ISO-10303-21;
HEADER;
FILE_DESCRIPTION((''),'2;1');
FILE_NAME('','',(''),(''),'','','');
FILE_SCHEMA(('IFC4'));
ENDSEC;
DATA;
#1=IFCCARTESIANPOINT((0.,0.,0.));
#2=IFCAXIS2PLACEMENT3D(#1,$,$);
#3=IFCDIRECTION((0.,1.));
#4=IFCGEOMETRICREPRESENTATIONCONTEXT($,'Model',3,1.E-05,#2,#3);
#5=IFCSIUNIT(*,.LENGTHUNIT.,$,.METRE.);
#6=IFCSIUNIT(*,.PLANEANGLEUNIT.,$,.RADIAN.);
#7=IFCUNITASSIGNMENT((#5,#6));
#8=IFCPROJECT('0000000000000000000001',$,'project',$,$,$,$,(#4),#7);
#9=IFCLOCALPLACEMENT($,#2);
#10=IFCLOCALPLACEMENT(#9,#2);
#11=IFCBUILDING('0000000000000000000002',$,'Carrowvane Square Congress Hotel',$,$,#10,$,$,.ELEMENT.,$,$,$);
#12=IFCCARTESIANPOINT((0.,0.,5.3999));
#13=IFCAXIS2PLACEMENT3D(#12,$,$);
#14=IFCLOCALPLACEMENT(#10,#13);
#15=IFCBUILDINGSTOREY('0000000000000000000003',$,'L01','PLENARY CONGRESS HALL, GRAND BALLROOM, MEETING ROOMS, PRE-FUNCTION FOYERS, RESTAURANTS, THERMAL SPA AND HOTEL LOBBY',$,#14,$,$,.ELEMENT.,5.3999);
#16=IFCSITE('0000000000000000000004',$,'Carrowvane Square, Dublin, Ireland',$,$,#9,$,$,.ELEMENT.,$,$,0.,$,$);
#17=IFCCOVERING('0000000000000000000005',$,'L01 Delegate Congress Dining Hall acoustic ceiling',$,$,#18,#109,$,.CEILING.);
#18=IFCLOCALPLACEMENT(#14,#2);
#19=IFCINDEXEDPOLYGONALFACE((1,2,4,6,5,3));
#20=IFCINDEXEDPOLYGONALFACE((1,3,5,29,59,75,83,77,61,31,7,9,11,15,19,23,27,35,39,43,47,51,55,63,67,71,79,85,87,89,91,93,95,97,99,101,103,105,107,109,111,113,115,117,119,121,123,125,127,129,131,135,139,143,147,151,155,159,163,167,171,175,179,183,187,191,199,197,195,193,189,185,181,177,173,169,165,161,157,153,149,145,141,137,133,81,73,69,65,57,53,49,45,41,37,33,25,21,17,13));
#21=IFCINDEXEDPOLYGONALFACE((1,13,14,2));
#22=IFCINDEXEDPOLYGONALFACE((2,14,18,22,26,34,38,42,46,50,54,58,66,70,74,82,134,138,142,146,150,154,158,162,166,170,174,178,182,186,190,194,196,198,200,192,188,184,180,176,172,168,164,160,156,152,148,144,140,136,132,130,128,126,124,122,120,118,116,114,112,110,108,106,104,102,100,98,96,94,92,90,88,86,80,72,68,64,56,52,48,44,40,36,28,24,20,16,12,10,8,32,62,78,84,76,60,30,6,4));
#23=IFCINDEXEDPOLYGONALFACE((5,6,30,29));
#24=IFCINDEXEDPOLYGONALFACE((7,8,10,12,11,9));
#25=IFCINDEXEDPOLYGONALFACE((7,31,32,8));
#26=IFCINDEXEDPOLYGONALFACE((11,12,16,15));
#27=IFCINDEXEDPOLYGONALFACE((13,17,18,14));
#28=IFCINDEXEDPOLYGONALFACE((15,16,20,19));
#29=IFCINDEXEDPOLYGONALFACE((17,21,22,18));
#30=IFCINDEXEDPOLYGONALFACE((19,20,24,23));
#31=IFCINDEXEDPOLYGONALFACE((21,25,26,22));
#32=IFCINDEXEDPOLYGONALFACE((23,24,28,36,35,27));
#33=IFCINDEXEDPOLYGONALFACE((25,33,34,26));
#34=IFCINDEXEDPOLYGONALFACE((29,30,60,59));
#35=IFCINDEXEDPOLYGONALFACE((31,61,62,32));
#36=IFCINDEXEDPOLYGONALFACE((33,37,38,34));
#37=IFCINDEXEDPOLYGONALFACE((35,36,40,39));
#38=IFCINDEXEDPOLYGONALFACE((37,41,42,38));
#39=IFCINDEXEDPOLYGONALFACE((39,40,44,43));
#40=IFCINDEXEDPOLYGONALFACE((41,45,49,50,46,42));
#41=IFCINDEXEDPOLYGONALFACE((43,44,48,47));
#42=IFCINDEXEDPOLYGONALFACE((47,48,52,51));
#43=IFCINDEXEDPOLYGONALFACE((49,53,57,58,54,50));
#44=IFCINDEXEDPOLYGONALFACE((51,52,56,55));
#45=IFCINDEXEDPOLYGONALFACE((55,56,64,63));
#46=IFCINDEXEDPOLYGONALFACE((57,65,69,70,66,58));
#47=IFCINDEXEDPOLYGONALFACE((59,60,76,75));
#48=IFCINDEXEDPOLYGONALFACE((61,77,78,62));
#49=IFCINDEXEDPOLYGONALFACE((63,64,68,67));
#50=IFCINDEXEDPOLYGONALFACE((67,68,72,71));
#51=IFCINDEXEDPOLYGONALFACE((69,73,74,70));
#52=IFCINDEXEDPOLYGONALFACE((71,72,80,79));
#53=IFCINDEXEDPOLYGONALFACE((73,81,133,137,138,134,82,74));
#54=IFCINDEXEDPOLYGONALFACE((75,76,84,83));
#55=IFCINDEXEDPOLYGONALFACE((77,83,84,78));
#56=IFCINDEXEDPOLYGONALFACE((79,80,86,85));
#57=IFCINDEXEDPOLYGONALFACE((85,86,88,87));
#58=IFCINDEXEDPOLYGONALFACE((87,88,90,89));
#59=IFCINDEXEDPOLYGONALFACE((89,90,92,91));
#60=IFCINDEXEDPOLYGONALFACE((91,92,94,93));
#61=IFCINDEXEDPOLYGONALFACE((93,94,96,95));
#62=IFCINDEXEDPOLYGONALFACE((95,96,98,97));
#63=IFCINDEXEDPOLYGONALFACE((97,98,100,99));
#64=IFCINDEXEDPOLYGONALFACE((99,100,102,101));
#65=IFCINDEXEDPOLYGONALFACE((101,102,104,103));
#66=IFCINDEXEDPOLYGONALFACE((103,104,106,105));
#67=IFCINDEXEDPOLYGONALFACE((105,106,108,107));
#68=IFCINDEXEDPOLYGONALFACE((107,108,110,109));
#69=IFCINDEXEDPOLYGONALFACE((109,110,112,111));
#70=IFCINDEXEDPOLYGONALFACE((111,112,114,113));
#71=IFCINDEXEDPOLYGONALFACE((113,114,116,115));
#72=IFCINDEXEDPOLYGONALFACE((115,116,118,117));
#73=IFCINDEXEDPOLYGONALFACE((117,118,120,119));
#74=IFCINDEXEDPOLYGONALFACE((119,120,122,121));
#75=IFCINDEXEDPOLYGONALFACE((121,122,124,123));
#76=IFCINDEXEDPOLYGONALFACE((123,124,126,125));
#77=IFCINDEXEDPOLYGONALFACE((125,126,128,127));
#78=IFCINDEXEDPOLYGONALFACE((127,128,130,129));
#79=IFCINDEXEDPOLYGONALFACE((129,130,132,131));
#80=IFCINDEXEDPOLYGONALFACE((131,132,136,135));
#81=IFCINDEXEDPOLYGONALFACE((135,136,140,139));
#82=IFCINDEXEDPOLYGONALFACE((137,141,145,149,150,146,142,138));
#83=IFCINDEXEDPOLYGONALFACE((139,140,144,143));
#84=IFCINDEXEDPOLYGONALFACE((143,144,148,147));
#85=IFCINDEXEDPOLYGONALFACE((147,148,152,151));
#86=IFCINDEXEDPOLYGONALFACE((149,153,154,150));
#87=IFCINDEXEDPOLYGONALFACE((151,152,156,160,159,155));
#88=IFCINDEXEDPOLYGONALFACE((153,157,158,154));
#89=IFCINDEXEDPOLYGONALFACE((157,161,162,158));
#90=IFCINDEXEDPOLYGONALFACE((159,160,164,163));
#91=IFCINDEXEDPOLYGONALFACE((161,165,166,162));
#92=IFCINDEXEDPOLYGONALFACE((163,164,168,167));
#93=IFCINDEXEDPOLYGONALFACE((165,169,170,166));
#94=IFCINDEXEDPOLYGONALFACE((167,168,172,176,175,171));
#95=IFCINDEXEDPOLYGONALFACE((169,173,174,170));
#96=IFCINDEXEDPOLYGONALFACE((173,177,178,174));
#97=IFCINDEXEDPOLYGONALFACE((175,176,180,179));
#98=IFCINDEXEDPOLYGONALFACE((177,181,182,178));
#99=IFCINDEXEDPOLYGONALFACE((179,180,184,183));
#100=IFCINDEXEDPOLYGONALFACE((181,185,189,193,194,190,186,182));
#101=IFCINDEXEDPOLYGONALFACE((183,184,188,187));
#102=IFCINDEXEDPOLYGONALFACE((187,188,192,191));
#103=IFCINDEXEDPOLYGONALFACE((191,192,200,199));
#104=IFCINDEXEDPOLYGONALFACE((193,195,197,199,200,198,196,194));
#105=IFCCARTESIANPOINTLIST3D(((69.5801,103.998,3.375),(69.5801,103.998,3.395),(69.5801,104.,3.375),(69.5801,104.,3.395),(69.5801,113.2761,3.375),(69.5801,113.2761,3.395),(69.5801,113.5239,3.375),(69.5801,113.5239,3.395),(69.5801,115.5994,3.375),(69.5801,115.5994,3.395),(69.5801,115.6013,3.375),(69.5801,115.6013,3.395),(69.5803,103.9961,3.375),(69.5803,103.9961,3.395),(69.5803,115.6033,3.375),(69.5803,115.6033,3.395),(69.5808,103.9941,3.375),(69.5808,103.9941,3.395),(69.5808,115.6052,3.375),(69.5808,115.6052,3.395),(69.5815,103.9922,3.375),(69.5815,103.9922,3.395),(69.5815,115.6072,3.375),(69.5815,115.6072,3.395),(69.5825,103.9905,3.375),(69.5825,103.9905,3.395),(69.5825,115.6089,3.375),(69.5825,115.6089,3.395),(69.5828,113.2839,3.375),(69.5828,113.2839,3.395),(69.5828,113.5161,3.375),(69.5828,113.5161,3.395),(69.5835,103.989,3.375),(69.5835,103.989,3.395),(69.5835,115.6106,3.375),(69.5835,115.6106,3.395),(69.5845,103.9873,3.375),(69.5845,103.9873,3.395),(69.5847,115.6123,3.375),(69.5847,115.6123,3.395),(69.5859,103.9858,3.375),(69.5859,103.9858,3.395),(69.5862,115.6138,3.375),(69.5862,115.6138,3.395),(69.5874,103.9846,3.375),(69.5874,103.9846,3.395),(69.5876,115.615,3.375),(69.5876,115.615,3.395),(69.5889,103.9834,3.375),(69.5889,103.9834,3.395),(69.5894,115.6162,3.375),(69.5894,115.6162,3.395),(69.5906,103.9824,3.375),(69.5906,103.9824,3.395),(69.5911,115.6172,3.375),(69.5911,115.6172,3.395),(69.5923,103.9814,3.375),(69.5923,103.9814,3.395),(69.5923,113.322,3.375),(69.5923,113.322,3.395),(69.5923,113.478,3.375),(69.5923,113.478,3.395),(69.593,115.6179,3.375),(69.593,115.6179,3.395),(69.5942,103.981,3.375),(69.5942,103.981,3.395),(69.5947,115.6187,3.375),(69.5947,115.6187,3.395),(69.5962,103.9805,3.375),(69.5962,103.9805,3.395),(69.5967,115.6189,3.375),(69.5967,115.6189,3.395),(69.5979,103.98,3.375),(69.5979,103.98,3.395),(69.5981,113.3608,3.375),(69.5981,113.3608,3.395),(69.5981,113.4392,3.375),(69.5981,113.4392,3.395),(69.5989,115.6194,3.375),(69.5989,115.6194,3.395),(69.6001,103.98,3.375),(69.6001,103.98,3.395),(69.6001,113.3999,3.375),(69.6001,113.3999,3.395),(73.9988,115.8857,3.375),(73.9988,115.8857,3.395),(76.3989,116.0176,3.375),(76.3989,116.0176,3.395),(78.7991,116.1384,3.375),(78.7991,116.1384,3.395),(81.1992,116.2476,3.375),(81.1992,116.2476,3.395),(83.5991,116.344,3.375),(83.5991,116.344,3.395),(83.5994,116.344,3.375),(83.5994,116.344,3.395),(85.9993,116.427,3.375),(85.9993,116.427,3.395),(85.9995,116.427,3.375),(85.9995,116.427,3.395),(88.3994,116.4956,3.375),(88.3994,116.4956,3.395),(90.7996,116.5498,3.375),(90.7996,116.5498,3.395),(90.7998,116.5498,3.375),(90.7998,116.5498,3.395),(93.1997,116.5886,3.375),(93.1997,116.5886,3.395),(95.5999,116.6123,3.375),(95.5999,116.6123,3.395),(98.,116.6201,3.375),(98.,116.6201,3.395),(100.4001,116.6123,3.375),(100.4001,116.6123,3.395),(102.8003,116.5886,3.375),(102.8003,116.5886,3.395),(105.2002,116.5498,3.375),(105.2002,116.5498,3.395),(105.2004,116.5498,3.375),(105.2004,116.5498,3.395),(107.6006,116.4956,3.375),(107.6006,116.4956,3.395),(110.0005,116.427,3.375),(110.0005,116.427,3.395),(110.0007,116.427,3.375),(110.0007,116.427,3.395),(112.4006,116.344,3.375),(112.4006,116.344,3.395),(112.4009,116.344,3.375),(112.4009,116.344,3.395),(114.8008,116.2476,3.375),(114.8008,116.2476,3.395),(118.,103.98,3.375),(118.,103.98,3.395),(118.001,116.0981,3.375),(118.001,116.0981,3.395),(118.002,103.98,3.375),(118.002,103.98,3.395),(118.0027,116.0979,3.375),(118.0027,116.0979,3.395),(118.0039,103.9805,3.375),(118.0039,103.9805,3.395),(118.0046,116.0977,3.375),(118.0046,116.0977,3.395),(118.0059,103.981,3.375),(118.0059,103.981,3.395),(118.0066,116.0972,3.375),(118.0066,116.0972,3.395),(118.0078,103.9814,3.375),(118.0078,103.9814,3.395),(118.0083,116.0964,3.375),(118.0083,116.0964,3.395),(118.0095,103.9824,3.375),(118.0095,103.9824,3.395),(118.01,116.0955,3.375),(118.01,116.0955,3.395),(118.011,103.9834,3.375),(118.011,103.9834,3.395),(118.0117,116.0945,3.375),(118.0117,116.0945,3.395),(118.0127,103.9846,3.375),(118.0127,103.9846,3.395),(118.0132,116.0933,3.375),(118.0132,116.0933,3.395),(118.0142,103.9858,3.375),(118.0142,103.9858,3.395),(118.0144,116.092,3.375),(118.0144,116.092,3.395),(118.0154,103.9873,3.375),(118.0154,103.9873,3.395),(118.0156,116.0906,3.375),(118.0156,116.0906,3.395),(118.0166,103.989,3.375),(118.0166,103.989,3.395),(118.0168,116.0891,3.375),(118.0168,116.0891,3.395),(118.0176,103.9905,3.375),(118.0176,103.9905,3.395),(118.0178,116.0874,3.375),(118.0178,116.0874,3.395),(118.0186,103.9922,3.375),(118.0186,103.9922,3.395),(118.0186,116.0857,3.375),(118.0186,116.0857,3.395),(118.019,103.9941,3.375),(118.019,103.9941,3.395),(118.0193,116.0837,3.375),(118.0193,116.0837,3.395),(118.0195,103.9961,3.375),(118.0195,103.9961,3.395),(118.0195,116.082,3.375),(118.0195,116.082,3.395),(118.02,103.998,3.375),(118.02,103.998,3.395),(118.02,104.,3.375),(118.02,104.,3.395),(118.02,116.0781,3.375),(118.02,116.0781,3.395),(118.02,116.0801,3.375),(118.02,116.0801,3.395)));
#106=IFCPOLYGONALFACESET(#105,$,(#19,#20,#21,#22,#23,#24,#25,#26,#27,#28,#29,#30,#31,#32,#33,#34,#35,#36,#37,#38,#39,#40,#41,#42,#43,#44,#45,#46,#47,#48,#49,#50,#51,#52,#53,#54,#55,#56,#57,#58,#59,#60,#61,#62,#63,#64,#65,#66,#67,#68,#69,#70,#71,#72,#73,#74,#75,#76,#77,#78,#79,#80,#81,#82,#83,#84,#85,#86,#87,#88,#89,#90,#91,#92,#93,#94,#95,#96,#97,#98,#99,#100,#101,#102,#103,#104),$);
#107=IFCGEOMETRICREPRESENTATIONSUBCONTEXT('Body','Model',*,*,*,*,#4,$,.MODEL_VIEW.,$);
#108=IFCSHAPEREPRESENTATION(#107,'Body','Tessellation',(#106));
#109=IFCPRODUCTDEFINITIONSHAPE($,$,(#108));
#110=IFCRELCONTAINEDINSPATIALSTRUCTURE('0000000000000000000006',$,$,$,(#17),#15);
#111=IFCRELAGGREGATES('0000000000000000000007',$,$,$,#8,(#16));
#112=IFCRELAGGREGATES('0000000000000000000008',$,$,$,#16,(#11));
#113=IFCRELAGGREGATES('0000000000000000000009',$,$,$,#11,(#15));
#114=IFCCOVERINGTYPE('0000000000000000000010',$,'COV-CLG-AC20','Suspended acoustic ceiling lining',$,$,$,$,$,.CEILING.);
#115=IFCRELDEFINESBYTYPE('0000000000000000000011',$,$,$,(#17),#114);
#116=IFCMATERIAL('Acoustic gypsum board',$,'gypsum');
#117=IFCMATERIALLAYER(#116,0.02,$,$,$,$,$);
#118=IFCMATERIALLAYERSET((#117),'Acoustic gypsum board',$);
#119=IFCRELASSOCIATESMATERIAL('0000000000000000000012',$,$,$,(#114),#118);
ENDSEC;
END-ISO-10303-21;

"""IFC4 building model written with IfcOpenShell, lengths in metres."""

from ifc_helpers import new_model, si_unit, direction, frame, origin, place, context, subcontext, project, spatial, polyline, outline, extrude, material, layer, layer_set, type_object, element, save


model = new_model("IFC4")

# Units and contexts
model_context = context("Model", 3, precision=1e-05, world=origin(), true_north=direction((0.0, 1.0)))
body_context = subcontext(model_context, "Body", "Model", "MODEL_VIEW")
ifc_project = project(units=[si_unit("LENGTHUNIT", "METRE"), si_unit("PLANEANGLEUNIT", "RADIAN")], contexts=[model_context])

# Site, building, storey
site_placement = place(None, origin())
site = spatial("IfcSite", under=ifc_project, at=site_placement, Name="Carrowvane Square, Dublin, Ireland", CompositionType="ELEMENT", RefElevation=0.0)
building_placement = place(site_placement, origin())
building = spatial("IfcBuilding", under=site, at=building_placement, Name="Carrowvane Square Congress Hotel", CompositionType="ELEMENT")
storey_placement = place(building_placement, frame((0.0, 0.0, 5.3999)))
storey = spatial("IfcBuildingStorey", under=building, at=storey_placement, Name="L01", Description="PLENARY CONGRESS HALL, GRAND BALLROOM, MEETING ROOMS, PRE-FUNCTION FOYERS, RESTAURANTS, THERMAL SPA AND HOTEL LOBBY", CompositionType="ELEMENT", Elevation=5.3999)

# Covering
ifc_material_1 = material(Name="Acoustic gypsum board", Category="gypsum")
ifc_layer_1 = layer(ifc_material_1, 0.02)
ifc_layer_set_1 = layer_set([ifc_layer_1], Name="Acoustic gypsum board")
covering_type_1 = type_object("IfcCoveringType", Name="COV-CLG-AC20", Description="Suspended acoustic ceiling lining", PredefinedType="CEILING", material=ifc_layer_set_1)
covering_1_placement = place(storey_placement, frame((0.0, 0.0, 3.375)))
element("IfcCovering", 1, at=covering_1_placement, inside=storey, type_object=covering_type_1, Name="L01 Delegate Congress Dining Hall acoustic ceiling", PredefinedType="CEILING", context=body_context, shape_type="SweptSolid", body=[
    extrude(outline(polyline([(118.0166, 103.989), (118.0154, 103.9873), (118.0142, 103.9858), (118.0127, 103.9846), (118.011, 103.9834), (118.0095, 103.9824), (118.0078, 103.9814), (118.0059, 103.981), (118.0039, 103.9805), (118.002, 103.98), (118.0, 103.98), (69.6001, 103.98), (69.5979, 103.98), (69.5962, 103.9805), (69.5942, 103.981), (69.5923, 103.9814), (69.5906, 103.9824), (69.5889, 103.9834), (69.5874, 103.9846), (69.5859, 103.9858), (69.5845, 103.9873), (69.5835, 103.989), (69.5825, 103.9905), (69.5815, 103.9922), (69.5808, 103.9941), (69.5803, 103.9961), (69.5801, 103.998), (69.5801, 104.0), (69.5801, 113.2761), (69.5828, 113.2839), (69.5923, 113.322), (69.5981, 113.3608), (69.6001, 113.3999), (69.5981, 113.4392), (69.5923, 113.478), (69.5828, 113.5161), (69.5801, 113.5239), (69.5801, 115.5994), (69.5801, 115.6013), (69.5803, 115.6033), (69.5808, 115.6052), (69.5815, 115.6072), (69.5825, 115.6089), (69.5835, 115.6106), (69.5847, 115.6123), (69.5862, 115.6138), (69.5876, 115.615), (69.5894, 115.6162), (69.5911, 115.6172), (69.593, 115.6179), (69.5947, 115.6187), (69.5967, 115.6189), (69.5989, 115.6194), (73.9988, 115.8857), (73.9988, 115.8857), (76.3989, 116.0176), (76.3989, 116.0176), (78.7991, 116.1384), (78.7991, 116.1384), (81.1992, 116.2476), (81.1992, 116.2476), (83.5991, 116.344), (83.5994, 116.344), (85.9993, 116.427), (85.9995, 116.427), (88.3994, 116.4956), (88.3994, 116.4956), (90.7996, 116.5498), (90.7998, 116.5498), (93.1997, 116.5886), (93.1997, 116.5886), (95.5999, 116.6123), (95.5999, 116.6123), (98.0, 116.6201), (98.0, 116.6201), (100.4001, 116.6123), (100.4001, 116.6123), (102.8003, 116.5886), (102.8003, 116.5886), (105.2002, 116.5498), (105.2004, 116.5498), (107.6006, 116.4956), (107.6006, 116.4956), (110.0005, 116.427), (110.0007, 116.427), (112.4006, 116.344), (112.4009, 116.344), (114.8008, 116.2476), (114.8008, 116.2476), (118.001, 116.0981), (118.0027, 116.0979), (118.0046, 116.0977), (118.0066, 116.0972), (118.0083, 116.0964), (118.01, 116.0955), (118.0117, 116.0945), (118.0132, 116.0933), (118.0144, 116.092), (118.0156, 116.0906), (118.0168, 116.0891), (118.0178, 116.0874), (118.0186, 116.0857), (118.0193, 116.0837), (118.0195, 116.082), (118.02, 116.0801), (118.02, 116.0781), (118.02, 104.0), (118.02, 103.998), (118.0195, 103.9961), (118.019, 103.9941), (118.0186, 103.9922), (118.0176, 103.9905), (118.0166, 103.989)])), origin(), (0.0, 0.0, 1.0), 0.02),
])

save(model, "model.ifc")
